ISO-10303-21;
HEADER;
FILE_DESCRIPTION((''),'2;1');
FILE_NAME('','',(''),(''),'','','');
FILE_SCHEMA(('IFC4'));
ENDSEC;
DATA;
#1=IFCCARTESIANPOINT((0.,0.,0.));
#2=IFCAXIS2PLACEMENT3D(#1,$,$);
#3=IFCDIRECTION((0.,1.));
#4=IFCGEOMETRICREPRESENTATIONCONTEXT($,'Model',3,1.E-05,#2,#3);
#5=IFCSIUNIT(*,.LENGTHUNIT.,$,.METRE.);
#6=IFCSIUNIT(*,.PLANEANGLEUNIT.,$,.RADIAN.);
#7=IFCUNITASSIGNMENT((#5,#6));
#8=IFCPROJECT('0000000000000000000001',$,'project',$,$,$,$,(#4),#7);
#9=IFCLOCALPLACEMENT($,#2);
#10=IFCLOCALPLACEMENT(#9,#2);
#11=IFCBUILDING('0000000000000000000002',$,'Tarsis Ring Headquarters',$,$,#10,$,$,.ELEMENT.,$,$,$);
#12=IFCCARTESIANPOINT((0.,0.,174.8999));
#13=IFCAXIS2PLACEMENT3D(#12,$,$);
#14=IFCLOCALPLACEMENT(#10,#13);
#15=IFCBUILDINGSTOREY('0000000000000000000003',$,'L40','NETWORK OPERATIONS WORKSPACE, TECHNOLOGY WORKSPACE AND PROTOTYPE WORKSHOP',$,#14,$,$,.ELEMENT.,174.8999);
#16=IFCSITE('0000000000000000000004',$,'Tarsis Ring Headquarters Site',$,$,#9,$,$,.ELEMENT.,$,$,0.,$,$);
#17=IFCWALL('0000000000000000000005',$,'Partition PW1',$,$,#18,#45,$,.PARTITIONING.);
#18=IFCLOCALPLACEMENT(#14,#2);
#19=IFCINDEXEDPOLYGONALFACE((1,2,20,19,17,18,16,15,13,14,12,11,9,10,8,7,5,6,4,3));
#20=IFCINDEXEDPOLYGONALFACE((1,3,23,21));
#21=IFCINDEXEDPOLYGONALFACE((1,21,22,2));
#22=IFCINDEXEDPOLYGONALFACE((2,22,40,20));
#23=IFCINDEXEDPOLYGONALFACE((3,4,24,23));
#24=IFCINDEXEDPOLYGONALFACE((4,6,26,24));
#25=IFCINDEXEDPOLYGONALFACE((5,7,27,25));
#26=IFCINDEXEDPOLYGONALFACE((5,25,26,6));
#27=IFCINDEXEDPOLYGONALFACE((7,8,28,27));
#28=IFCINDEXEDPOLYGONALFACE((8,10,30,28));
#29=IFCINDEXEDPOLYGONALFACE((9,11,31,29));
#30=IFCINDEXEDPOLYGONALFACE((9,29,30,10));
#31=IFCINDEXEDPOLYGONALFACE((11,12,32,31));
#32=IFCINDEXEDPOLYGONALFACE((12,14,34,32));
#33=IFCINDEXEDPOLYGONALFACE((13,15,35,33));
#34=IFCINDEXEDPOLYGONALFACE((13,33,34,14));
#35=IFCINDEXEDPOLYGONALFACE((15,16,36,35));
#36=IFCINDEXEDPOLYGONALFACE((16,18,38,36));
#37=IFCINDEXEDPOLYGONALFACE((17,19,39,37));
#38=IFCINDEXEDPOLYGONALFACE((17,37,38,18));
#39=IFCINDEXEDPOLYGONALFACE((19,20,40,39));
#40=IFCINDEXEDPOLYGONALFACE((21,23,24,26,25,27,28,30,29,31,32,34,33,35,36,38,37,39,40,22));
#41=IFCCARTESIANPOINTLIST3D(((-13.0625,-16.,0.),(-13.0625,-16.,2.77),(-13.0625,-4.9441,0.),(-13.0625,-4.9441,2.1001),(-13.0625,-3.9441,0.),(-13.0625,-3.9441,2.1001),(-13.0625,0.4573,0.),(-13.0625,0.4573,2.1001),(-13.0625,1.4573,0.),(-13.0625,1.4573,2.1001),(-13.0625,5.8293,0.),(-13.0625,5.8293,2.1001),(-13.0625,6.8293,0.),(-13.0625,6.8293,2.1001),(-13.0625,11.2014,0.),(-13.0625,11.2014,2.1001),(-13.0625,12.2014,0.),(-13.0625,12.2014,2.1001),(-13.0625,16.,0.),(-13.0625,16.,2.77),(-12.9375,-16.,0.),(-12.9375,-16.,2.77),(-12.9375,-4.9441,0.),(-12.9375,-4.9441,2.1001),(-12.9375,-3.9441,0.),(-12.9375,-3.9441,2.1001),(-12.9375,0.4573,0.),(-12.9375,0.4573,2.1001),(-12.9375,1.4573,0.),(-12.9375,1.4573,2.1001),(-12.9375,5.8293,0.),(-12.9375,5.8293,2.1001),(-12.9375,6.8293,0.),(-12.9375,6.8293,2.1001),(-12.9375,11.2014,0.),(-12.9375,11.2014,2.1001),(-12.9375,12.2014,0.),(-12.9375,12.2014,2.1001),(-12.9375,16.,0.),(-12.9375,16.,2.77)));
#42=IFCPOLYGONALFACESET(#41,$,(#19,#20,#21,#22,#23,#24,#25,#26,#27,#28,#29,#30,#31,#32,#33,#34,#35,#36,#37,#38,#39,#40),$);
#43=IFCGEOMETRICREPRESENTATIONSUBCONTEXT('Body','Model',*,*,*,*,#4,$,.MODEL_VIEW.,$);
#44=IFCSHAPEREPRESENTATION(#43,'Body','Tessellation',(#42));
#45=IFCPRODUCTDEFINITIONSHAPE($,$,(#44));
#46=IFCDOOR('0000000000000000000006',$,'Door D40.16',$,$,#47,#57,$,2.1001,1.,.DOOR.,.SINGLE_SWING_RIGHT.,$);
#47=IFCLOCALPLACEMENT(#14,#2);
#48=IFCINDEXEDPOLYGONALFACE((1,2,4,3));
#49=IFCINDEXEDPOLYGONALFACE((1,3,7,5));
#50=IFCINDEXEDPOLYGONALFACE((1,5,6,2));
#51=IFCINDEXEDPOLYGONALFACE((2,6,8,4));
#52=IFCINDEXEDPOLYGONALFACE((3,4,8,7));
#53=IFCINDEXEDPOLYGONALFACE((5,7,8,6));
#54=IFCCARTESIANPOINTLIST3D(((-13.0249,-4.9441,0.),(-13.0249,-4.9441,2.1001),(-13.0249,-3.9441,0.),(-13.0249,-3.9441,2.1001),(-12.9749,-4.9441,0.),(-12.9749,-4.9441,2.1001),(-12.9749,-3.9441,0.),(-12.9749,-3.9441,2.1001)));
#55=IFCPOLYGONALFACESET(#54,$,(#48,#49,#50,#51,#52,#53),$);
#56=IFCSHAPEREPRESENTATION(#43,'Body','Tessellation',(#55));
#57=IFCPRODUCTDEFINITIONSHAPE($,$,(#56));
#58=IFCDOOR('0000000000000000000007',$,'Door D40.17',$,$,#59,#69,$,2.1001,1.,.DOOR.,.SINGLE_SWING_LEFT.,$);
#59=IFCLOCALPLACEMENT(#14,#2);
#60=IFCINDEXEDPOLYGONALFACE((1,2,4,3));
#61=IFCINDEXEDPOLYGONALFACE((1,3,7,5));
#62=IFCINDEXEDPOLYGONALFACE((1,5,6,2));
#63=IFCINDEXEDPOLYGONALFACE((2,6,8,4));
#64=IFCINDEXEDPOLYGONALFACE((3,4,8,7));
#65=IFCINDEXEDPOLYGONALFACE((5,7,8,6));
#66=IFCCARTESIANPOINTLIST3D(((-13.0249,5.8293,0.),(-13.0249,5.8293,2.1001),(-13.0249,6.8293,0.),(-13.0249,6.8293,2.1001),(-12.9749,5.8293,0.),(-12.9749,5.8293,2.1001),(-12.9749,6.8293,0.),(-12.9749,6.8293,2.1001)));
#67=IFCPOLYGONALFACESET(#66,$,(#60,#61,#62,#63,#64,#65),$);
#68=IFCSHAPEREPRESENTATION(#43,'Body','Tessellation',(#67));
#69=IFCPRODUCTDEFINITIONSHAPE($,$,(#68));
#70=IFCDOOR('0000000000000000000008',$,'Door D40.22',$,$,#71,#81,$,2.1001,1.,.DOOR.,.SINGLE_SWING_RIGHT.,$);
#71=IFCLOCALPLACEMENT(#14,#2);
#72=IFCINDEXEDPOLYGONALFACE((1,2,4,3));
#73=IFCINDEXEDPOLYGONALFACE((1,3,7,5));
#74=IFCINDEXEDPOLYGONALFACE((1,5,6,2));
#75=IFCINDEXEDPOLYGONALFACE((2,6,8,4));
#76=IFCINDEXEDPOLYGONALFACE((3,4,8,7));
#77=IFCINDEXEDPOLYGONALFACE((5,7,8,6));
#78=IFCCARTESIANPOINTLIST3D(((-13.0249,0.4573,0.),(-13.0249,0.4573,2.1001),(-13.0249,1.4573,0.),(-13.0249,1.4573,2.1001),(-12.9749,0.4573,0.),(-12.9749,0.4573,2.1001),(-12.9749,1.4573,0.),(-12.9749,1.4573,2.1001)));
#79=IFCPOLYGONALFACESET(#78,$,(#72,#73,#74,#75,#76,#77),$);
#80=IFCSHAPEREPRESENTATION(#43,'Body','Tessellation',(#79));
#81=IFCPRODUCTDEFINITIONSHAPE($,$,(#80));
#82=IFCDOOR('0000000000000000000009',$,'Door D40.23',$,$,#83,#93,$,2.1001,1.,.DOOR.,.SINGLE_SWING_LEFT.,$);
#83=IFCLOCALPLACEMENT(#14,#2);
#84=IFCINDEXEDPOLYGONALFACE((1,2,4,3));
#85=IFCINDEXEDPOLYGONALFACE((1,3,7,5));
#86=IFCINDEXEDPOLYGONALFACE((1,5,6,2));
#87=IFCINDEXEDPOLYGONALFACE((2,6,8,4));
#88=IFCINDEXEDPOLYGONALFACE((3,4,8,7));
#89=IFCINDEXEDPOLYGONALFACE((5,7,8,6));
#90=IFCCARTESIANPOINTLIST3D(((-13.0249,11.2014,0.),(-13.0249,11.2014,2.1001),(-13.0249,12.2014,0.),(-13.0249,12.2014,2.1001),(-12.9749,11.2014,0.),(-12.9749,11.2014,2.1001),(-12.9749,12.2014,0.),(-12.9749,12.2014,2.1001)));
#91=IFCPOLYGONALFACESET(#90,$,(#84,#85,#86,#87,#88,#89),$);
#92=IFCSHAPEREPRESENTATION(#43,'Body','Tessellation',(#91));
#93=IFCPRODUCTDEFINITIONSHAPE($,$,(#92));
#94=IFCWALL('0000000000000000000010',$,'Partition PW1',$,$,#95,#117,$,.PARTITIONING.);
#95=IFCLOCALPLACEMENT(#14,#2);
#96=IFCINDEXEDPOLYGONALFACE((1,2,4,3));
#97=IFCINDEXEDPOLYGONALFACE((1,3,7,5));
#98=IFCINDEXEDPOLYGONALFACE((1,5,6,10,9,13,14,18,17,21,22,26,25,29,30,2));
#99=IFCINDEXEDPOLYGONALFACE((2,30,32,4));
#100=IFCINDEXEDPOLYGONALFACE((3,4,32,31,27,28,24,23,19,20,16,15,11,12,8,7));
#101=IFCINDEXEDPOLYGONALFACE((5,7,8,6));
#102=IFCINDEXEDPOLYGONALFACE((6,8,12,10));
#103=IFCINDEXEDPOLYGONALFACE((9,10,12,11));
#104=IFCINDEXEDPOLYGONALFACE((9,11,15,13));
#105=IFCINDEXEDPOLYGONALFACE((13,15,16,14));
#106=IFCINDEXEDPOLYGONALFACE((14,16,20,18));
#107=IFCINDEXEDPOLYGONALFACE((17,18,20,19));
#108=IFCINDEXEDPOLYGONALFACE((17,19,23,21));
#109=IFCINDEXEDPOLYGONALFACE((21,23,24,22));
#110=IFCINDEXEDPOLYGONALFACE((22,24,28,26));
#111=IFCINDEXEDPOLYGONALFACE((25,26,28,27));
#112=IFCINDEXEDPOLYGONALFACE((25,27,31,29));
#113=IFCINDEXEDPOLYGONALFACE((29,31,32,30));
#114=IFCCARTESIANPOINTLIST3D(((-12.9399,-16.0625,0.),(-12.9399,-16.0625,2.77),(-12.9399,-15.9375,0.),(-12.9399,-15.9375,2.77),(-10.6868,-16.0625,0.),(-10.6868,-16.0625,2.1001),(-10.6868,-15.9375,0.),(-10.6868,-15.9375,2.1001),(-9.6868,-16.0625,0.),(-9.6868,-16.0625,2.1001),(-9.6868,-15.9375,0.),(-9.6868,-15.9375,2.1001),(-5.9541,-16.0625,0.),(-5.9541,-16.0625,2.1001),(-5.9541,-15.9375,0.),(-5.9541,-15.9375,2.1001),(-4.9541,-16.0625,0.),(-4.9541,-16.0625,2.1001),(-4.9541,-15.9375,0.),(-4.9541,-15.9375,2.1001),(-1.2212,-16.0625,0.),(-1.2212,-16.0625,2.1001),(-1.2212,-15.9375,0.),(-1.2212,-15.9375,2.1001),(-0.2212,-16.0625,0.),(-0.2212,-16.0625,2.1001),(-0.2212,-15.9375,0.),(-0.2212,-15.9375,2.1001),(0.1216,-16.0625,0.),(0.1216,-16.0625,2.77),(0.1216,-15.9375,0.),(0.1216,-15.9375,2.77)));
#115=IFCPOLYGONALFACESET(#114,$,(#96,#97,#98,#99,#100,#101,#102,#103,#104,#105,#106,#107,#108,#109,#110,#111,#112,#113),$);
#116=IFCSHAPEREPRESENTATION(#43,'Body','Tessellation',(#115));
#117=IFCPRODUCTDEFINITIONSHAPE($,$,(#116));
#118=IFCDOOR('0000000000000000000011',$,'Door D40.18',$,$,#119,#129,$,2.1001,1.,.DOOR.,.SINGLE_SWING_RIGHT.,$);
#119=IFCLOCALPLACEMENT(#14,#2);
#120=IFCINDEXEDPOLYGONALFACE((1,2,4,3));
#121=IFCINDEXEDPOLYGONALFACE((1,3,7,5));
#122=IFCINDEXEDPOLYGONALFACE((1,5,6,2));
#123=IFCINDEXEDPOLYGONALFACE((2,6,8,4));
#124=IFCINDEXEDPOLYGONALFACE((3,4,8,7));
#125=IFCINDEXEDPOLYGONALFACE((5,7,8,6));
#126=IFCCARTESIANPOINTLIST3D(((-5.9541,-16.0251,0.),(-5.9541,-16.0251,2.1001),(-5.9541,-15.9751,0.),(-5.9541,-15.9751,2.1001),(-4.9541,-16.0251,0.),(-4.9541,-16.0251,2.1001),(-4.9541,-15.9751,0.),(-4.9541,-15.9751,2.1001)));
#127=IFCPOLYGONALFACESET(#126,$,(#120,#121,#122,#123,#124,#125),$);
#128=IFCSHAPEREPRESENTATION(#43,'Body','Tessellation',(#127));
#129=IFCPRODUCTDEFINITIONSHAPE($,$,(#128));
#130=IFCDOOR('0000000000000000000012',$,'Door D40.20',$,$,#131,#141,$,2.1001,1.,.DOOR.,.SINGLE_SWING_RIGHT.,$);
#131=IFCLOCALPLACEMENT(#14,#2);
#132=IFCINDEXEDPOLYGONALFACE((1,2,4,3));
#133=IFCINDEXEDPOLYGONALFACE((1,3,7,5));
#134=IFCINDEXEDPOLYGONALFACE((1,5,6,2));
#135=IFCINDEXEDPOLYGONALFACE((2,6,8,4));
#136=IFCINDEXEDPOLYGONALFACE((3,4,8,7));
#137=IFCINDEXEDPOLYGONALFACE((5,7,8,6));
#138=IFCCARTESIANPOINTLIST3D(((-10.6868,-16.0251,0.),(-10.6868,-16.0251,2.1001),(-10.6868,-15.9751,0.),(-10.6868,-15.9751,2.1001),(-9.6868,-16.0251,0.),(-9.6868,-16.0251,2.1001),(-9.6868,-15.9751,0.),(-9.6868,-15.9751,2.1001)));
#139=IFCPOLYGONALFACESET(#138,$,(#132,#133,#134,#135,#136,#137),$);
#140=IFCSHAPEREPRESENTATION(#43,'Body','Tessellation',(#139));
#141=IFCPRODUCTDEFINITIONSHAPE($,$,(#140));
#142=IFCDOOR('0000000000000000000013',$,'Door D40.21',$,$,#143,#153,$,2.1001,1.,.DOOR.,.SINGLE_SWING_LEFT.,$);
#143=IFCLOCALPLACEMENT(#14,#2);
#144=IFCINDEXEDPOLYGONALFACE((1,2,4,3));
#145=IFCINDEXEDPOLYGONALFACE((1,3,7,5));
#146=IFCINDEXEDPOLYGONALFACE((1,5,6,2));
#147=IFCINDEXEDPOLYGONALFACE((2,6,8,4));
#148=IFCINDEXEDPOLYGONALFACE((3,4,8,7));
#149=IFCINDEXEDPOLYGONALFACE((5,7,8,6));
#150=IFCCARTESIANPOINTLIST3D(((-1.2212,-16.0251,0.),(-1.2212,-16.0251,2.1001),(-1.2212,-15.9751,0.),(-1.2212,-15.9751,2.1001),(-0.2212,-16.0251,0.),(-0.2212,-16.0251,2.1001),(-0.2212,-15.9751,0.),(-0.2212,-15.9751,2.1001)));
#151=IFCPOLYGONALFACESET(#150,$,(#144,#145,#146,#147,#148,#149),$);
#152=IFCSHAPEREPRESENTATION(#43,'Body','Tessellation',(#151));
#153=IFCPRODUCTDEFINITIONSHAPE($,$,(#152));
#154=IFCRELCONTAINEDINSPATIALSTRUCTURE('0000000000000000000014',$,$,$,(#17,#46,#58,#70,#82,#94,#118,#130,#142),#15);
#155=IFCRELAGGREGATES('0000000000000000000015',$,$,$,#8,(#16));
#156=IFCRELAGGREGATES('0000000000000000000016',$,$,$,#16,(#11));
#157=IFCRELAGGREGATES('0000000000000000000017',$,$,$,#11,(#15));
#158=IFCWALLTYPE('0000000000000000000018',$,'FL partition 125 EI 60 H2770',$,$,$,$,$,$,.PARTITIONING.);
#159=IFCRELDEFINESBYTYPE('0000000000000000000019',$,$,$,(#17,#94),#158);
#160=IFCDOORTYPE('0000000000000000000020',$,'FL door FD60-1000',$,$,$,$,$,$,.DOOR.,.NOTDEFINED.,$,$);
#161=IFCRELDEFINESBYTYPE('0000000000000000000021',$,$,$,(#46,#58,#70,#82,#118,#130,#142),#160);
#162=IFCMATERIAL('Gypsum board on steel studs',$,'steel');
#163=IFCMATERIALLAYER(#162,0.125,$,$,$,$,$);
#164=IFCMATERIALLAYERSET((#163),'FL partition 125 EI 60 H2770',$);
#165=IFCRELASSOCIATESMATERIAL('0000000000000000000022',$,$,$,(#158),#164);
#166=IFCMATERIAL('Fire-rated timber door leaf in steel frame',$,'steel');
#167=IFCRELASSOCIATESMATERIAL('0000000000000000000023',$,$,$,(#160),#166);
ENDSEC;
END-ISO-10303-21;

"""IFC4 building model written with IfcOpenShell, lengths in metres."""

from ifc_helpers import new_model, si_unit, direction, frame, frame_2d, origin, place, context, subcontext, project, spatial, rectangle, extrude, material, layer, layer_set, type_object, element, fill, save


model = new_model("IFC4")

# Units and contexts
model_context = context("Model", 3, precision=1e-05, world=origin(), true_north=direction((0.0, 1.0)))
body_context = subcontext(model_context, "Body", "Model", "MODEL_VIEW")
ifc_project = project(units=[si_unit("LENGTHUNIT", "METRE"), si_unit("PLANEANGLEUNIT", "RADIAN")], contexts=[model_context])

# Site, building, storey
site_placement = place(None, origin())
site = spatial("IfcSite", under=ifc_project, at=site_placement, Name="Tarsis Ring Headquarters Site", CompositionType="ELEMENT", RefElevation=0.0)
building_placement = place(site_placement, origin())
building = spatial("IfcBuilding", under=site, at=building_placement, Name="Tarsis Ring Headquarters", CompositionType="ELEMENT")
storey_placement = place(building_placement, frame((0.0, 0.0, 174.8999)))
storey = spatial("IfcBuildingStorey", under=building, at=storey_placement, Name="L40", Description="NETWORK OPERATIONS WORKSPACE, TECHNOLOGY WORKSPACE AND PROTOTYPE WORKSHOP", CompositionType="ELEMENT", Elevation=174.8999)

# Walls, openings, doors
ifc_material_1 = material(Name="Gypsum board on steel studs", Category="steel")
ifc_layer_1 = layer(ifc_material_1, 0.125)
ifc_layer_set_1 = layer_set([ifc_layer_1], Name="FL partition 125 EI 60 H2770")
wall_type_1 = type_object("IfcWallType", Name="FL partition 125 EI 60 H2770", PredefinedType="PARTITIONING", material=ifc_layer_set_1)
wall_1_placement = place(storey_placement, frame((-13.0, -16.0, 0.0), z_axis=(0.0, 0.0, 1.0), x_axis=(0.0, 1.0, 0.0)))
wall_1 = element("IfcWall", 1, at=wall_1_placement, inside=storey, type_object=wall_type_1, Name="Partition PW1", PredefinedType="PARTITIONING", context=body_context, shape_type="SweptSolid", body=[
    extrude(rectangle(XDim=32.0, YDim=0.125, at=frame_2d((16.0, 0.0))), origin(), (0.0, 0.0, 1.0), 2.77),
])
opening_1_placement = place(wall_1_placement, frame((11.0559, 0.0, 0.0)))
opening_1 = element("IfcOpeningElement", 2, at=opening_1_placement, cuts=wall_1, PredefinedType="OPENING", context=body_context, shape_type="SweptSolid", body=[
    extrude(rectangle(XDim=1.0, YDim=2.1001, at=frame_2d((0.5, 1.05))), frame((0.0, 0.0725, 0.0), z_axis=(0.0, -1.0, 0.0), x_axis=(1.0, 0.0, 0.0)), (0.0, 0.0, 1.0), 0.145),
])
opening_2_placement = place(wall_1_placement, frame((21.8293, 0.0, 0.0)))
opening_2 = element("IfcOpeningElement", 3, at=opening_2_placement, cuts=wall_1, PredefinedType="OPENING", context=body_context, shape_type="SweptSolid", body=[
    extrude(rectangle(XDim=1.0, YDim=2.1001, at=frame_2d((0.5, 1.05))), frame((0.0, 0.0725, 0.0), z_axis=(0.0, -1.0, 0.0), x_axis=(1.0, 0.0, 0.0)), (0.0, 0.0, 1.0), 0.145),
])
opening_3_placement = place(wall_1_placement, frame((16.4573, 0.0, 0.0)))
opening_3 = element("IfcOpeningElement", 4, at=opening_3_placement, cuts=wall_1, PredefinedType="OPENING", context=body_context, shape_type="SweptSolid", body=[
    extrude(rectangle(XDim=1.0, YDim=2.1001, at=frame_2d((0.5, 1.05))), frame((0.0, 0.0725, 0.0), z_axis=(0.0, -1.0, 0.0), x_axis=(1.0, 0.0, 0.0)), (0.0, 0.0, 1.0), 0.145),
])
opening_4_placement = place(wall_1_placement, frame((27.2014, 0.0, 0.0)))
opening_4 = element("IfcOpeningElement", 5, at=opening_4_placement, cuts=wall_1, PredefinedType="OPENING", context=body_context, shape_type="SweptSolid", body=[
    extrude(rectangle(XDim=1.0, YDim=2.1001, at=frame_2d((0.5, 1.05))), frame((0.0, 0.0725, 0.0), z_axis=(0.0, -1.0, 0.0), x_axis=(1.0, 0.0, 0.0)), (0.0, 0.0, 1.0), 0.145),
])
ifc_material_2 = material(Name="Fire-rated timber door leaf in steel frame", Category="steel")
door_type_1 = type_object("IfcDoorType", Name="FL door FD60-1000", OperationType="NOTDEFINED", PredefinedType="DOOR", material=ifc_material_2)
door_1_placement = place(opening_1_placement, origin())
door_1 = element("IfcDoor", 6, at=door_1_placement, inside=storey, type_object=door_type_1, Name="Door D40.16", OperationType="SINGLE_SWING_RIGHT", OverallHeight=2.1001, OverallWidth=1.0, PredefinedType="DOOR", context=body_context, shape_type="SweptSolid", body=[
    extrude(rectangle(XDim=1.0, YDim=2.1001, at=frame_2d((0.5, 1.05))), frame((0.0, 0.0249, 0.0), z_axis=(0.0, -1.0, 0.0), x_axis=(1.0, 0.0, 0.0)), (0.0, 0.0, 1.0), 0.05),
])
fill(opening_1, door_1)
door_2_placement = place(opening_2_placement, origin())
door_2 = element("IfcDoor", 7, at=door_2_placement, inside=storey, type_object=door_type_1, Name="Door D40.17", OperationType="SINGLE_SWING_LEFT", OverallHeight=2.1001, OverallWidth=1.0, PredefinedType="DOOR", context=body_context, shape_type="SweptSolid", body=[
    extrude(rectangle(XDim=1.0, YDim=2.1001, at=frame_2d((0.5, 1.05))), frame((0.0, 0.0249, 0.0), z_axis=(0.0, -1.0, 0.0), x_axis=(1.0, 0.0, 0.0)), (0.0, 0.0, 1.0), 0.05),
])
fill(opening_2, door_2)
door_3_placement = place(opening_3_placement, origin())
door_3 = element("IfcDoor", 8, at=door_3_placement, inside=storey, type_object=door_type_1, Name="Door D40.22", OperationType="SINGLE_SWING_RIGHT", OverallHeight=2.1001, OverallWidth=1.0, PredefinedType="DOOR", context=body_context, shape_type="SweptSolid", body=[
    extrude(rectangle(XDim=1.0, YDim=2.1001, at=frame_2d((0.5, 1.05))), frame((0.0, 0.0249, 0.0), z_axis=(0.0, -1.0, 0.0), x_axis=(1.0, 0.0, 0.0)), (0.0, 0.0, 1.0), 0.05),
])
fill(opening_3, door_3)
door_4_placement = place(opening_4_placement, origin())
door_4 = element("IfcDoor", 9, at=door_4_placement, inside=storey, type_object=door_type_1, Name="Door D40.23", OperationType="SINGLE_SWING_LEFT", OverallHeight=2.1001, OverallWidth=1.0, PredefinedType="DOOR", context=body_context, shape_type="SweptSolid", body=[
    extrude(rectangle(XDim=1.0, YDim=2.1001, at=frame_2d((0.5, 1.05))), frame((0.0, 0.0249, 0.0), z_axis=(0.0, -1.0, 0.0), x_axis=(1.0, 0.0, 0.0)), (0.0, 0.0, 1.0), 0.05),
])
fill(opening_4, door_4)
wall_2_placement = place(storey_placement, frame((-12.9399, -16.0, 0.0), z_axis=(0.0, 0.0, 1.0), x_axis=(1.0, 0.0, 0.0)))
wall_2 = element("IfcWall", 10, at=wall_2_placement, inside=storey, type_object=wall_type_1, Name="Partition PW1", PredefinedType="PARTITIONING", context=body_context, shape_type="SweptSolid", body=[
    extrude(rectangle(XDim=13.0615, YDim=0.125, at=frame_2d((6.5308, 0.0))), origin(), (0.0, 0.0, 1.0), 2.77),
])
opening_5_placement = place(wall_2_placement, frame((6.9858, 0.0, 0.0)))
opening_5 = element("IfcOpeningElement", 11, at=opening_5_placement, cuts=wall_2, PredefinedType="OPENING", context=body_context, shape_type="SweptSolid", body=[
    extrude(rectangle(XDim=1.0, YDim=2.1001, at=frame_2d((0.5, 1.05))), frame((0.0, 0.0725, 0.0), z_axis=(0.0, -1.0, 0.0), x_axis=(1.0, 0.0, 0.0)), (0.0, 0.0, 1.0), 0.145),
])
opening_6_placement = place(wall_2_placement, frame((2.2532, 0.0, 0.0)))
opening_6 = element("IfcOpeningElement", 12, at=opening_6_placement, cuts=wall_2, PredefinedType="OPENING", context=body_context, shape_type="SweptSolid", body=[
    extrude(rectangle(XDim=1.0, YDim=2.1001, at=frame_2d((0.5, 1.05))), frame((0.0, 0.0725, 0.0), z_axis=(0.0, -1.0, 0.0), x_axis=(1.0, 0.0, 0.0)), (0.0, 0.0, 1.0), 0.145),
])
opening_7_placement = place(wall_2_placement, frame((11.7188, 0.0, 0.0)))
opening_7 = element("IfcOpeningElement", 13, at=opening_7_placement, cuts=wall_2, PredefinedType="OPENING", context=body_context, shape_type="SweptSolid", body=[
    extrude(rectangle(XDim=1.0, YDim=2.1001, at=frame_2d((0.5, 1.05))), frame((0.0, 0.0725, 0.0), z_axis=(0.0, -1.0, 0.0), x_axis=(1.0, 0.0, 0.0)), (0.0, 0.0, 1.0), 0.145),
])
door_5_placement = place(opening_5_placement, origin())
door_5 = element("IfcDoor", 14, at=door_5_placement, inside=storey, type_object=door_type_1, Name="Door D40.18", OperationType="SINGLE_SWING_RIGHT", OverallHeight=2.1001, OverallWidth=1.0, PredefinedType="DOOR", context=body_context, shape_type="SweptSolid", body=[
    extrude(rectangle(XDim=1.0, YDim=2.1001, at=frame_2d((0.5, 1.05))), frame((0.0, 0.0249, 0.0), z_axis=(0.0, -1.0, 0.0), x_axis=(1.0, 0.0, 0.0)), (0.0, 0.0, 1.0), 0.05),
])
fill(opening_5, door_5)
door_6_placement = place(opening_6_placement, origin())
door_6 = element("IfcDoor", 15, at=door_6_placement, inside=storey, type_object=door_type_1, Name="Door D40.20", OperationType="SINGLE_SWING_RIGHT", OverallHeight=2.1001, OverallWidth=1.0, PredefinedType="DOOR", context=body_context, shape_type="SweptSolid", body=[
    extrude(rectangle(XDim=1.0, YDim=2.1001, at=frame_2d((0.5, 1.05))), frame((0.0, 0.0249, 0.0), z_axis=(0.0, -1.0, 0.0), x_axis=(1.0, 0.0, 0.0)), (0.0, 0.0, 1.0), 0.05),
])
fill(opening_6, door_6)
door_7_placement = place(opening_7_placement, origin())
door_7 = element("IfcDoor", 16, at=door_7_placement, inside=storey, type_object=door_type_1, Name="Door D40.21", OperationType="SINGLE_SWING_LEFT", OverallHeight=2.1001, OverallWidth=1.0, PredefinedType="DOOR", context=body_context, shape_type="SweptSolid", body=[
    extrude(rectangle(XDim=1.0, YDim=2.1001, at=frame_2d((0.5, 1.05))), frame((0.0, 0.0249, 0.0), z_axis=(0.0, -1.0, 0.0), x_axis=(1.0, 0.0, 0.0)), (0.0, 0.0, 1.0), 0.05),
])
fill(opening_7, door_7)

save(model, "model.ifc")
